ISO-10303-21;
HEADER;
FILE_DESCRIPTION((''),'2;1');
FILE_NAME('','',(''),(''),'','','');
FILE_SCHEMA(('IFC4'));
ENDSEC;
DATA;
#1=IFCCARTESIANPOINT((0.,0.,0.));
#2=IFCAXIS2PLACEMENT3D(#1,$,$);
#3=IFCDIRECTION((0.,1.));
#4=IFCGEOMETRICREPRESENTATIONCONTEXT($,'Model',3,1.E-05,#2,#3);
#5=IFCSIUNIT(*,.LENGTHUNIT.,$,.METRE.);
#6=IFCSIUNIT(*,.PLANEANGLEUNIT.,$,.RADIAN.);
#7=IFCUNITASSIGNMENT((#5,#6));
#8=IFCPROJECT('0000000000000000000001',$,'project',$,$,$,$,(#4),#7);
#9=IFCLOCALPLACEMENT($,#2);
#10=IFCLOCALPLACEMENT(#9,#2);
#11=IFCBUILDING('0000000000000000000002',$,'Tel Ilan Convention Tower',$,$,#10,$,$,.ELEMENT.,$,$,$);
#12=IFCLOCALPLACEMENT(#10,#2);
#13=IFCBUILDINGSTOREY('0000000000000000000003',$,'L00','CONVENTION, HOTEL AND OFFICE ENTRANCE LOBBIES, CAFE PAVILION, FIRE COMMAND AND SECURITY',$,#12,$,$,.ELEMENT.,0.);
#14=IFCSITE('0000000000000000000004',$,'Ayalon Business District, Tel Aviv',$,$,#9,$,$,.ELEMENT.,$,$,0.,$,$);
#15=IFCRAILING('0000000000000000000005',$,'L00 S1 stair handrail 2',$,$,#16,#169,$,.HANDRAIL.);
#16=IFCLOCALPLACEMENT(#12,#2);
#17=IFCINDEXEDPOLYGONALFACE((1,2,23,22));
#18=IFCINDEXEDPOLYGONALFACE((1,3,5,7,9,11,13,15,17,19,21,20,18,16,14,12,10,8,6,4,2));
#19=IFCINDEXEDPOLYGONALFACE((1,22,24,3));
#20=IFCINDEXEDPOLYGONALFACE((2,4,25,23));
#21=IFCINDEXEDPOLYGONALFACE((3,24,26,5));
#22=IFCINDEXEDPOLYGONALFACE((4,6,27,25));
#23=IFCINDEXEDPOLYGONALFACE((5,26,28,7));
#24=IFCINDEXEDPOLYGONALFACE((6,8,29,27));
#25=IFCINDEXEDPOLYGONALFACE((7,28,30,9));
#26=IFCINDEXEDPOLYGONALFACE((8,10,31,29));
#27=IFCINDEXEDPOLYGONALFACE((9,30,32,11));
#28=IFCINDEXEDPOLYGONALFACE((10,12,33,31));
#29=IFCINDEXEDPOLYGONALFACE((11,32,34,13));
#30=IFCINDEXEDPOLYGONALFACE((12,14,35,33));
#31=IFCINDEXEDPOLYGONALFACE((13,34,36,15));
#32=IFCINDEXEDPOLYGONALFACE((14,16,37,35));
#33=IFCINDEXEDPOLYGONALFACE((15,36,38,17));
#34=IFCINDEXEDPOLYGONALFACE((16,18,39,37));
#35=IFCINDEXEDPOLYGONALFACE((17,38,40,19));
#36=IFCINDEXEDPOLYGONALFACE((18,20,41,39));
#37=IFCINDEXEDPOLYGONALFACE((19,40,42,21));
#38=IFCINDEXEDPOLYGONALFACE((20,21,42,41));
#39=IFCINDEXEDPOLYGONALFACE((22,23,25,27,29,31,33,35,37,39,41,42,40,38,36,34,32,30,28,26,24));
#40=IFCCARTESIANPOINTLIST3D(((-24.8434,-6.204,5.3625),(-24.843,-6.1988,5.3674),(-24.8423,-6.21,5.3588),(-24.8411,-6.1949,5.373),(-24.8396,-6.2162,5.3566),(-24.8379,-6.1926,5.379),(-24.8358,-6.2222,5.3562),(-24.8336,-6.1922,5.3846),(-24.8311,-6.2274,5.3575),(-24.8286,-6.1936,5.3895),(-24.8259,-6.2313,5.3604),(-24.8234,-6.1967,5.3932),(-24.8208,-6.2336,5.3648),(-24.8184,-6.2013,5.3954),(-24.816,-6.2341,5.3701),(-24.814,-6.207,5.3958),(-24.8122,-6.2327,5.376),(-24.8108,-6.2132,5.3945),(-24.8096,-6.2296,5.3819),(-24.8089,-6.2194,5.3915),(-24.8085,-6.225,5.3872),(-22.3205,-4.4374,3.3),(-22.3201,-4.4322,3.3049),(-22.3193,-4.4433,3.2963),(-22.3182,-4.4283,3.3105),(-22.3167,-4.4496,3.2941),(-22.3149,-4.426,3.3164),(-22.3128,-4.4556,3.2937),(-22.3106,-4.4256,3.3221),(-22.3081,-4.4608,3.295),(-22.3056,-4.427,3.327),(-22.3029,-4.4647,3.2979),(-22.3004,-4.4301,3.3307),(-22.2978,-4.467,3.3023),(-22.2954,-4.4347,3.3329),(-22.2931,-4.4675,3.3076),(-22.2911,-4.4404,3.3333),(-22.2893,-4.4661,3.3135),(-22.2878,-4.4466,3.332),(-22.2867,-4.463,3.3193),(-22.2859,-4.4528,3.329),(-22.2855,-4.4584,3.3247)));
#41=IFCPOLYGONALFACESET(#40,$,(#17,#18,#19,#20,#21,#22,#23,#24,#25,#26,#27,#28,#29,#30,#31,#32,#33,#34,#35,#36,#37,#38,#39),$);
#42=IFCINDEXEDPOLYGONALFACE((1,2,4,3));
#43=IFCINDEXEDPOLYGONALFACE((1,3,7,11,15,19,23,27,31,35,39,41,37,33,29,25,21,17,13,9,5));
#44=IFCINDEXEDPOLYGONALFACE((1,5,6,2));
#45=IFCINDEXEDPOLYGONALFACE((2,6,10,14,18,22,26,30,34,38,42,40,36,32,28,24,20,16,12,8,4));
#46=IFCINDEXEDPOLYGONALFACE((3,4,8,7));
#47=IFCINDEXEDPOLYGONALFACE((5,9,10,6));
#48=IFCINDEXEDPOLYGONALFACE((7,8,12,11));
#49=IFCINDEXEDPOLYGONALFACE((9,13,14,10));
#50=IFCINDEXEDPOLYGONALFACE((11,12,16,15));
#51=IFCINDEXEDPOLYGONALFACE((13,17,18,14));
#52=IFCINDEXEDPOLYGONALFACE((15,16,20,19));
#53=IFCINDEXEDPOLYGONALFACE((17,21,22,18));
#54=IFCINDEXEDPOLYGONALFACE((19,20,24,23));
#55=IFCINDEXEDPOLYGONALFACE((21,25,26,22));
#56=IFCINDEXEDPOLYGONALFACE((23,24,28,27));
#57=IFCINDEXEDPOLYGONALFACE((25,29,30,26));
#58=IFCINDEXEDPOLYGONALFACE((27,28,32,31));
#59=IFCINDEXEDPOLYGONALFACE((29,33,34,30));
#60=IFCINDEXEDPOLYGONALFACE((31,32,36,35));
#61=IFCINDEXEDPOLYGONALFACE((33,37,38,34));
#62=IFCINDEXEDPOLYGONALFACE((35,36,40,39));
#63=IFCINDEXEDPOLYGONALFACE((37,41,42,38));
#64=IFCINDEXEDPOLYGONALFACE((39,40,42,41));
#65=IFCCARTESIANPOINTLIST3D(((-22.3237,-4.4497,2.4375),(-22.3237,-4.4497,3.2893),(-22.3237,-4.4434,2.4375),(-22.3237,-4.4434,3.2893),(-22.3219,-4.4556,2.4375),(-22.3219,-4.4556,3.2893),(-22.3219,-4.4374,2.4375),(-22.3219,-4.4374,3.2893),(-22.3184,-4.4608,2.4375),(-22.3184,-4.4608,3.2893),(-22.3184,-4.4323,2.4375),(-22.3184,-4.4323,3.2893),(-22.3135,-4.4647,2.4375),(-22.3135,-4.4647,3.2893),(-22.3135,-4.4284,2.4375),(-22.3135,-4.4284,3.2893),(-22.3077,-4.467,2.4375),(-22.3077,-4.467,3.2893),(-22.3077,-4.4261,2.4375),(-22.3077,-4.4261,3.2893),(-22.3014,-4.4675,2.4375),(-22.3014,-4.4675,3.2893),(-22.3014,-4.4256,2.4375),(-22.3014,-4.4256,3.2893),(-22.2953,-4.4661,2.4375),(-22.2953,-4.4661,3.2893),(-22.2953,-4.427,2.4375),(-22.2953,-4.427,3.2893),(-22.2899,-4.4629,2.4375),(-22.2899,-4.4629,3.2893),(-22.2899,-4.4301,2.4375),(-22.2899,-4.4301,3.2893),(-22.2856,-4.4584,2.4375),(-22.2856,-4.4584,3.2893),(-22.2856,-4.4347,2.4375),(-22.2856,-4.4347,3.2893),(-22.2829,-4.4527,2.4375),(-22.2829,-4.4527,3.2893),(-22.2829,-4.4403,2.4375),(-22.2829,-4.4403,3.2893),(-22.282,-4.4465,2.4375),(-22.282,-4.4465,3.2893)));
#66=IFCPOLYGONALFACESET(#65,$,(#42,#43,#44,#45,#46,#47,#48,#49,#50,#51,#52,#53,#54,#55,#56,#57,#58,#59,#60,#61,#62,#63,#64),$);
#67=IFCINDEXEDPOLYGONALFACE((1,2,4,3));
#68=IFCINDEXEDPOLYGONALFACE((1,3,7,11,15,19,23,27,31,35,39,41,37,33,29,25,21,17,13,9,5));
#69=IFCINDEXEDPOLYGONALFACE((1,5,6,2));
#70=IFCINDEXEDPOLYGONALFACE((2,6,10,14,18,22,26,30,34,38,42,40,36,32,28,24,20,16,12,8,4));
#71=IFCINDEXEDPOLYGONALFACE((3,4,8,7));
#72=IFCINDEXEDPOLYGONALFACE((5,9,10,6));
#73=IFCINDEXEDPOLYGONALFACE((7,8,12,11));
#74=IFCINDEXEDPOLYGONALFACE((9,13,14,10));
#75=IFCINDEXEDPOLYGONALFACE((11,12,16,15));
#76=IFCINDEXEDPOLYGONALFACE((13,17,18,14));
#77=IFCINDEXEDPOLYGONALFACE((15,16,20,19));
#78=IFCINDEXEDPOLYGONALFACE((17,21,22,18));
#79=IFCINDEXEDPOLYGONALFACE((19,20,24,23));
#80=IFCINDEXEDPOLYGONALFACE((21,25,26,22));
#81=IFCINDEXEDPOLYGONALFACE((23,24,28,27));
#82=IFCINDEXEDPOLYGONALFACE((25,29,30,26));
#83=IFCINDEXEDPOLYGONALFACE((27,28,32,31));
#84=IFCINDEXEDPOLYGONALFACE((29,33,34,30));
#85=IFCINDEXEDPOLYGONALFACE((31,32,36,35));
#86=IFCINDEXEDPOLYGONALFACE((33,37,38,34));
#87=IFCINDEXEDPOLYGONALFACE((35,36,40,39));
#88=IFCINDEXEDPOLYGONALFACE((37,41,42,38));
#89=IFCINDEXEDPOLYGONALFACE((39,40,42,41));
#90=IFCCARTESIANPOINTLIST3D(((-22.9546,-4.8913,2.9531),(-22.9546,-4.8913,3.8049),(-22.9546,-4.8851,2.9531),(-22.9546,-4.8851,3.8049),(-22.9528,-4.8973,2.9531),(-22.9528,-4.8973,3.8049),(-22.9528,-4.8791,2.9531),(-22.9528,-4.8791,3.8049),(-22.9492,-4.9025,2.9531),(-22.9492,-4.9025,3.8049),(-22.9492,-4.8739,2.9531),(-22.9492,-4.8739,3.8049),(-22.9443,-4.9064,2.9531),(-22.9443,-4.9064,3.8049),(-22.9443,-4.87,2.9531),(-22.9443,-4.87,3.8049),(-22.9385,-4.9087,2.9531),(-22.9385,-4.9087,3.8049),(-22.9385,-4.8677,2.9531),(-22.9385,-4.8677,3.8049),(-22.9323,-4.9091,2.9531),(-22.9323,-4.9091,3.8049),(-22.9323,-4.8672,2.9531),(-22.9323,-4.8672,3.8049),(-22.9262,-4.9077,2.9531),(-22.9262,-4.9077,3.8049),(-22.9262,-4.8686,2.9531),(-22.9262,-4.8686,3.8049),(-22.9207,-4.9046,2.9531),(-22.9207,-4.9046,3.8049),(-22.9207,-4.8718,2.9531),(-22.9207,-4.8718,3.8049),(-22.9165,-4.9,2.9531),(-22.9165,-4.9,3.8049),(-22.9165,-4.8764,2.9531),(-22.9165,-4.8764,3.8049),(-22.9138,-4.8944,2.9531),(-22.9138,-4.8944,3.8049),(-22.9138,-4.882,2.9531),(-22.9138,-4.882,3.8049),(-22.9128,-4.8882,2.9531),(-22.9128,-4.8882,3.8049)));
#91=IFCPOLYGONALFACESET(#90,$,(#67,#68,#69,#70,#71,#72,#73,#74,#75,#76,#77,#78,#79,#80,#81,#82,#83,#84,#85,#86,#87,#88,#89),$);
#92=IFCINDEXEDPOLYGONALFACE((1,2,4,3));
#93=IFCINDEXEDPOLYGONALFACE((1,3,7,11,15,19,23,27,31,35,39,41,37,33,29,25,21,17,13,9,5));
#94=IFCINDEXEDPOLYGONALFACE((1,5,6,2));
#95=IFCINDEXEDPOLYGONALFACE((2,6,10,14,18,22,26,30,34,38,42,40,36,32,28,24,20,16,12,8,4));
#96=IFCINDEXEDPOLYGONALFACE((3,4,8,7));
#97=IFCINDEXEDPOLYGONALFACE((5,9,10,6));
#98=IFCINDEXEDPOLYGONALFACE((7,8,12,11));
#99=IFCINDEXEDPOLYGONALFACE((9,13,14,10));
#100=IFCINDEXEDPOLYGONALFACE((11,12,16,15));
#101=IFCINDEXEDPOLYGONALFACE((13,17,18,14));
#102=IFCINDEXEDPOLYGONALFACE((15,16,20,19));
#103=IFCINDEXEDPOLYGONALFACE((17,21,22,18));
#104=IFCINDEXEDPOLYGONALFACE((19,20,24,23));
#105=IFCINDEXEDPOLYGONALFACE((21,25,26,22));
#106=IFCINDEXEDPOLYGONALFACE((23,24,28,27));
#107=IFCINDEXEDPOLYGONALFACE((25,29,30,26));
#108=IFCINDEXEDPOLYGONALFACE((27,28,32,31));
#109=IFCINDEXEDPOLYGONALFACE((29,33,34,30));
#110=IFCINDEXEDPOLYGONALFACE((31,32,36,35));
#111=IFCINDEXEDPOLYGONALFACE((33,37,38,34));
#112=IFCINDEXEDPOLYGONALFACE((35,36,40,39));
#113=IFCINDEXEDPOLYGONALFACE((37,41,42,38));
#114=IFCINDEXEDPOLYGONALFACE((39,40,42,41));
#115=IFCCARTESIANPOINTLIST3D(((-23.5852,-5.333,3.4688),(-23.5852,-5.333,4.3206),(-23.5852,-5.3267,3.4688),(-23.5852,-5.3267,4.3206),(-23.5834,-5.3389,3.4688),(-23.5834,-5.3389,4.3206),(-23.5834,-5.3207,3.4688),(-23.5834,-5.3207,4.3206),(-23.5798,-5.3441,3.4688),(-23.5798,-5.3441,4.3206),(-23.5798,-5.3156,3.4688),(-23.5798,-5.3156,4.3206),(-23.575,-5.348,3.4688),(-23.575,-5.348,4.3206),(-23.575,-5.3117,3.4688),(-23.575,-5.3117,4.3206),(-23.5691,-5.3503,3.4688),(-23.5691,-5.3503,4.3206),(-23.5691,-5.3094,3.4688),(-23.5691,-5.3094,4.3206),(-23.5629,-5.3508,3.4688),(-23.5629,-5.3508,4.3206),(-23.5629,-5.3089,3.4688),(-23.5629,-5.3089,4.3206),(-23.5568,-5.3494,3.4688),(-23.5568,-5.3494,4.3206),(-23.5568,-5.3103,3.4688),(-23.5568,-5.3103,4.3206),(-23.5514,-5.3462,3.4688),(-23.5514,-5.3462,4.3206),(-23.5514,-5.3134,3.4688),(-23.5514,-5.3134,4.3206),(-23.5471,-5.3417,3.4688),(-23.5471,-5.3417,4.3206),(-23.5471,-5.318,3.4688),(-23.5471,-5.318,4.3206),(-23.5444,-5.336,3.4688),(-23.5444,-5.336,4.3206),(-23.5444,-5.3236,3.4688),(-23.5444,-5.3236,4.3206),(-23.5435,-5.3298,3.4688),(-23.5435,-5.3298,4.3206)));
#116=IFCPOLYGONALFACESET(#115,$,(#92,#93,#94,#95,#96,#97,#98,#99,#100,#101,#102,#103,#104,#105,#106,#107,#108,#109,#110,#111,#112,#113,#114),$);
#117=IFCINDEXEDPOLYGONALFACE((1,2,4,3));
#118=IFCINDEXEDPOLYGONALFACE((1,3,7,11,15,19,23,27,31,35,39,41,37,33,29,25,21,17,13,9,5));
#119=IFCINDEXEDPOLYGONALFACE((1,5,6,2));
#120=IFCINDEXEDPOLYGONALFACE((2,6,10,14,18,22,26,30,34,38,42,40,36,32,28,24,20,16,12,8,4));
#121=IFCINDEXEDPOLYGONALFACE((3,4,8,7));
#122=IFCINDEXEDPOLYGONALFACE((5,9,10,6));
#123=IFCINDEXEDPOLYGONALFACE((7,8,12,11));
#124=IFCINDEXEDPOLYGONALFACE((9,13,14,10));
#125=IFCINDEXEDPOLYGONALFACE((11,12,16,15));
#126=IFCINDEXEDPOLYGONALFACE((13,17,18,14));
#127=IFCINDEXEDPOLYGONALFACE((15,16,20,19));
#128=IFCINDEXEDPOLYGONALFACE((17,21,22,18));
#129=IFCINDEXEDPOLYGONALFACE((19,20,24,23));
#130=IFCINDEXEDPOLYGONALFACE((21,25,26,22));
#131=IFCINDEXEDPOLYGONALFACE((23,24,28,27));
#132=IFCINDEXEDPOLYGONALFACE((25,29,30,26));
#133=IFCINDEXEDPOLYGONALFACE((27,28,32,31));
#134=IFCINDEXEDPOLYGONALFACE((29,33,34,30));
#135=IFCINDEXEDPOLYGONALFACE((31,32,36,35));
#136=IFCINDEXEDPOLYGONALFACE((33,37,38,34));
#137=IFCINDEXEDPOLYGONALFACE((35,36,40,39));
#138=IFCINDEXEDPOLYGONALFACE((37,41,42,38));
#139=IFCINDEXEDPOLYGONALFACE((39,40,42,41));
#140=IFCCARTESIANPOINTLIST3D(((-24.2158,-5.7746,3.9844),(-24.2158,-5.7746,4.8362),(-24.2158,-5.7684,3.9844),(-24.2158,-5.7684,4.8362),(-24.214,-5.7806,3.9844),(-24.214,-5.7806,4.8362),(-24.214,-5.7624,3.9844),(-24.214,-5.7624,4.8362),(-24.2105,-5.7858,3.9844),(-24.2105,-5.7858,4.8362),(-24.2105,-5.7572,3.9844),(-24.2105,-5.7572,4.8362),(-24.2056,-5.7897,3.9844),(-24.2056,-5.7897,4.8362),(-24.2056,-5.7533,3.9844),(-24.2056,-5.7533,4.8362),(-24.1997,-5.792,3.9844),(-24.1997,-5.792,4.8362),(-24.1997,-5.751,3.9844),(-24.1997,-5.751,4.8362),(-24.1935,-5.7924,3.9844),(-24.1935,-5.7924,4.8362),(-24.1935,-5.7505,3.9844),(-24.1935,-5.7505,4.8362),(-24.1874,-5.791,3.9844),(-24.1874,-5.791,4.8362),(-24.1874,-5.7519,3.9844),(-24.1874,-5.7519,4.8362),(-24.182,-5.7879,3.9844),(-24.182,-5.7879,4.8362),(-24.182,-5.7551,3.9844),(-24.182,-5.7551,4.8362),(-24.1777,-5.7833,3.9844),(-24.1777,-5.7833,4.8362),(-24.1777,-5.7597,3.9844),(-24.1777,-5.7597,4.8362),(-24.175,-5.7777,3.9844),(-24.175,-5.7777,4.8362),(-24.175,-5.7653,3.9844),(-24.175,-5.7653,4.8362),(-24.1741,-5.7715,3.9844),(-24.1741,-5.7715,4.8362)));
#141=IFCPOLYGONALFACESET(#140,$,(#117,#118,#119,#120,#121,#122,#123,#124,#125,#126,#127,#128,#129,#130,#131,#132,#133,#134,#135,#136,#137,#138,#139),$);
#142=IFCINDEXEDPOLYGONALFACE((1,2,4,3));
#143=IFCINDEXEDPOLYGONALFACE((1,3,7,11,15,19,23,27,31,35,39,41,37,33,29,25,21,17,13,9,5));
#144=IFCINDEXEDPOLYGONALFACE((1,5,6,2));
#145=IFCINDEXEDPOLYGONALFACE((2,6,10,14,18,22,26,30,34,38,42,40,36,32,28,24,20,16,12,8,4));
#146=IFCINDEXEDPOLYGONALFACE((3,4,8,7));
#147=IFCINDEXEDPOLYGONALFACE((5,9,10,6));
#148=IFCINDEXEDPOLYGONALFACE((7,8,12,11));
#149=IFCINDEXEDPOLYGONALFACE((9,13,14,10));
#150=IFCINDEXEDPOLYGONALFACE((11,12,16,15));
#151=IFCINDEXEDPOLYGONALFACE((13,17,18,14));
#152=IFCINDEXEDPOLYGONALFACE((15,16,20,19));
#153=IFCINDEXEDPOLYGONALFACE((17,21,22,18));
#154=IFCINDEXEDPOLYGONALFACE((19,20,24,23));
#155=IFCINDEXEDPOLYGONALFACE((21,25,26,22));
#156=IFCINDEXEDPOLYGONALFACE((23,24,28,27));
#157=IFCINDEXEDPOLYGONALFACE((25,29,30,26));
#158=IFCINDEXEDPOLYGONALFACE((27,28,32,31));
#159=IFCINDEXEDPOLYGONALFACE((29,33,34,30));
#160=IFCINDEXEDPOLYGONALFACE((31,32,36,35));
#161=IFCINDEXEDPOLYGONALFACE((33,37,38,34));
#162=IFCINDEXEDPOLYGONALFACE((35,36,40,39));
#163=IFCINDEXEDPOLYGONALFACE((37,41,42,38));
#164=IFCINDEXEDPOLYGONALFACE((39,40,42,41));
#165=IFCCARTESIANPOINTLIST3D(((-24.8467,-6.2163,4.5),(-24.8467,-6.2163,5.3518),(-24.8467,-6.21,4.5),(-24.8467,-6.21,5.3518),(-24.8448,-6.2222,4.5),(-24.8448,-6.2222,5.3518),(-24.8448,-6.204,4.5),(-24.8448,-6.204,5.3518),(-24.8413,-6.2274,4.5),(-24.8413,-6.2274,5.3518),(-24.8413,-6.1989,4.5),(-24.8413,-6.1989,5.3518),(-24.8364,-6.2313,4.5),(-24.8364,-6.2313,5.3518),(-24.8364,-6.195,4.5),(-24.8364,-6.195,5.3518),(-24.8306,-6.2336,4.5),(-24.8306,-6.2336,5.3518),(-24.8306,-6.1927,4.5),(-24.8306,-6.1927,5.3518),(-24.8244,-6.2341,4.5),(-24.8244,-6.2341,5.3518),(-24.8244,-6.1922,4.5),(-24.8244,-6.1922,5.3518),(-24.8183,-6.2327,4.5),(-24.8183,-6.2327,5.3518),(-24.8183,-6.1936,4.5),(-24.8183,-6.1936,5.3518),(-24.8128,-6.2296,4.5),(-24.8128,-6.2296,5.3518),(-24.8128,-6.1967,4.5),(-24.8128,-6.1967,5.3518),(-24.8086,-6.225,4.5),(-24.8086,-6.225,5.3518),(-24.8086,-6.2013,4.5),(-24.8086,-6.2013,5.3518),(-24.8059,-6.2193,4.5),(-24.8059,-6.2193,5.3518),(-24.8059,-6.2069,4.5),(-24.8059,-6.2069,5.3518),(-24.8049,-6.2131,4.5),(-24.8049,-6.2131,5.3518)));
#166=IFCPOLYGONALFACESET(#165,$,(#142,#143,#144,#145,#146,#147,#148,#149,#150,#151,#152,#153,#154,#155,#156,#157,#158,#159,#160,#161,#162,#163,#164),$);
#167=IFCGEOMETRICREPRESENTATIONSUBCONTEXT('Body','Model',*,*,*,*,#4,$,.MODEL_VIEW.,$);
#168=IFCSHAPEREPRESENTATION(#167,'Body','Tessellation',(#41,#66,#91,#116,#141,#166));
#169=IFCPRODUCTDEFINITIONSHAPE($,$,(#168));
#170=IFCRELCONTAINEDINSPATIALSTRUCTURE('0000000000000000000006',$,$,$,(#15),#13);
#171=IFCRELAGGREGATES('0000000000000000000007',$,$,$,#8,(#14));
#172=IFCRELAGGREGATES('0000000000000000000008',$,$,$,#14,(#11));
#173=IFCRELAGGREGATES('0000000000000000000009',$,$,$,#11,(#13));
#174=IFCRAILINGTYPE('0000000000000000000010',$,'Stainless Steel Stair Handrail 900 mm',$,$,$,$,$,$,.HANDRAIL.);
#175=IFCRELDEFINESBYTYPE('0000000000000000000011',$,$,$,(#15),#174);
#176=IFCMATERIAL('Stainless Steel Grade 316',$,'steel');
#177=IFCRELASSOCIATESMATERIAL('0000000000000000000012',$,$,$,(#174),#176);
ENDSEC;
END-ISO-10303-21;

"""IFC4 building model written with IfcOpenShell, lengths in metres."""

from ifc_helpers import new_model, si_unit, direction, frame, origin, origin_2d, place, context, subcontext, project, spatial, circle, extrude, material, type_object, element, save


model = new_model("IFC4")

# Units and contexts
model_context = context("Model", 3, precision=1e-05, world=origin(), true_north=direction((0.0, 1.0)))
body_context = subcontext(model_context, "Body", "Model", "MODEL_VIEW")
ifc_project = project(units=[si_unit("LENGTHUNIT", "METRE"), si_unit("PLANEANGLEUNIT", "RADIAN")], contexts=[model_context])

# Site, building, storey
site_placement = place(None, origin())
site = spatial("IfcSite", under=ifc_project, at=site_placement, Name="Ayalon Business District, Tel Aviv", CompositionType="ELEMENT", RefElevation=0.0)
building_placement = place(site_placement, origin())
building = spatial("IfcBuilding", under=site, at=building_placement, Name="Tel Ilan Convention Tower", CompositionType="ELEMENT")
storey_placement = place(building_placement, origin())
storey = spatial("IfcBuildingStorey", under=building, at=storey_placement, Name="L00", Description="CONVENTION, HOTEL AND OFFICE ENTRANCE LOBBIES, CAFE PAVILION, FIRE COMMAND AND SECURITY", CompositionType="ELEMENT", Elevation=0.0)

# Railing
ifc_material_1 = material(Name="Stainless Steel Grade 316", Category="steel")
railing_type_1 = type_object("IfcRailingType", Name="Stainless Steel Stair Handrail 900 mm", PredefinedType="HANDRAIL", material=ifc_material_1)
railing_1_placement = place(storey_placement, frame((-22.303, -4.4465, 2.4375)))
element("IfcRailing", 1, at=railing_1_placement, inside=storey, type_object=railing_type_1, Name="L00 S1 stair handrail 2", PredefinedType="HANDRAIL", context=body_context, shape_type="SweptSolid", body=[
    extrude(circle(Radius=0.0239, at=origin_2d()), frame((0.0, 0.0, 0.876), z_axis=(-0.680635, -0.476589, 0.556416), x_axis=(0.573579, -0.81915, 0.0)), (0.0, 0.0, 1.0), 3.7068),
    extrude(circle(Radius=0.021, at=origin_2d()), origin(), (0.0, 0.0, 1.0), 0.8518),
    extrude(circle(Radius=0.021, at=origin_2d()), frame((-0.6309, -0.4417, 0.5156)), (0.0, 0.0, 1.0), 0.8518),
    extrude(circle(Radius=0.021, at=origin_2d()), frame((-1.2615, -0.8833, 1.0312)), (0.0, 0.0, 1.0), 0.8518),
    extrude(circle(Radius=0.021, at=origin_2d()), frame((-1.8921, -1.325, 1.5469)), (0.0, 0.0, 1.0), 0.8518),
    extrude(circle(Radius=0.021, at=origin_2d()), frame((-2.5229, -1.7666, 2.0625)), (0.0, 0.0, 1.0), 0.8518),
])

save(model, "model.ifc")
